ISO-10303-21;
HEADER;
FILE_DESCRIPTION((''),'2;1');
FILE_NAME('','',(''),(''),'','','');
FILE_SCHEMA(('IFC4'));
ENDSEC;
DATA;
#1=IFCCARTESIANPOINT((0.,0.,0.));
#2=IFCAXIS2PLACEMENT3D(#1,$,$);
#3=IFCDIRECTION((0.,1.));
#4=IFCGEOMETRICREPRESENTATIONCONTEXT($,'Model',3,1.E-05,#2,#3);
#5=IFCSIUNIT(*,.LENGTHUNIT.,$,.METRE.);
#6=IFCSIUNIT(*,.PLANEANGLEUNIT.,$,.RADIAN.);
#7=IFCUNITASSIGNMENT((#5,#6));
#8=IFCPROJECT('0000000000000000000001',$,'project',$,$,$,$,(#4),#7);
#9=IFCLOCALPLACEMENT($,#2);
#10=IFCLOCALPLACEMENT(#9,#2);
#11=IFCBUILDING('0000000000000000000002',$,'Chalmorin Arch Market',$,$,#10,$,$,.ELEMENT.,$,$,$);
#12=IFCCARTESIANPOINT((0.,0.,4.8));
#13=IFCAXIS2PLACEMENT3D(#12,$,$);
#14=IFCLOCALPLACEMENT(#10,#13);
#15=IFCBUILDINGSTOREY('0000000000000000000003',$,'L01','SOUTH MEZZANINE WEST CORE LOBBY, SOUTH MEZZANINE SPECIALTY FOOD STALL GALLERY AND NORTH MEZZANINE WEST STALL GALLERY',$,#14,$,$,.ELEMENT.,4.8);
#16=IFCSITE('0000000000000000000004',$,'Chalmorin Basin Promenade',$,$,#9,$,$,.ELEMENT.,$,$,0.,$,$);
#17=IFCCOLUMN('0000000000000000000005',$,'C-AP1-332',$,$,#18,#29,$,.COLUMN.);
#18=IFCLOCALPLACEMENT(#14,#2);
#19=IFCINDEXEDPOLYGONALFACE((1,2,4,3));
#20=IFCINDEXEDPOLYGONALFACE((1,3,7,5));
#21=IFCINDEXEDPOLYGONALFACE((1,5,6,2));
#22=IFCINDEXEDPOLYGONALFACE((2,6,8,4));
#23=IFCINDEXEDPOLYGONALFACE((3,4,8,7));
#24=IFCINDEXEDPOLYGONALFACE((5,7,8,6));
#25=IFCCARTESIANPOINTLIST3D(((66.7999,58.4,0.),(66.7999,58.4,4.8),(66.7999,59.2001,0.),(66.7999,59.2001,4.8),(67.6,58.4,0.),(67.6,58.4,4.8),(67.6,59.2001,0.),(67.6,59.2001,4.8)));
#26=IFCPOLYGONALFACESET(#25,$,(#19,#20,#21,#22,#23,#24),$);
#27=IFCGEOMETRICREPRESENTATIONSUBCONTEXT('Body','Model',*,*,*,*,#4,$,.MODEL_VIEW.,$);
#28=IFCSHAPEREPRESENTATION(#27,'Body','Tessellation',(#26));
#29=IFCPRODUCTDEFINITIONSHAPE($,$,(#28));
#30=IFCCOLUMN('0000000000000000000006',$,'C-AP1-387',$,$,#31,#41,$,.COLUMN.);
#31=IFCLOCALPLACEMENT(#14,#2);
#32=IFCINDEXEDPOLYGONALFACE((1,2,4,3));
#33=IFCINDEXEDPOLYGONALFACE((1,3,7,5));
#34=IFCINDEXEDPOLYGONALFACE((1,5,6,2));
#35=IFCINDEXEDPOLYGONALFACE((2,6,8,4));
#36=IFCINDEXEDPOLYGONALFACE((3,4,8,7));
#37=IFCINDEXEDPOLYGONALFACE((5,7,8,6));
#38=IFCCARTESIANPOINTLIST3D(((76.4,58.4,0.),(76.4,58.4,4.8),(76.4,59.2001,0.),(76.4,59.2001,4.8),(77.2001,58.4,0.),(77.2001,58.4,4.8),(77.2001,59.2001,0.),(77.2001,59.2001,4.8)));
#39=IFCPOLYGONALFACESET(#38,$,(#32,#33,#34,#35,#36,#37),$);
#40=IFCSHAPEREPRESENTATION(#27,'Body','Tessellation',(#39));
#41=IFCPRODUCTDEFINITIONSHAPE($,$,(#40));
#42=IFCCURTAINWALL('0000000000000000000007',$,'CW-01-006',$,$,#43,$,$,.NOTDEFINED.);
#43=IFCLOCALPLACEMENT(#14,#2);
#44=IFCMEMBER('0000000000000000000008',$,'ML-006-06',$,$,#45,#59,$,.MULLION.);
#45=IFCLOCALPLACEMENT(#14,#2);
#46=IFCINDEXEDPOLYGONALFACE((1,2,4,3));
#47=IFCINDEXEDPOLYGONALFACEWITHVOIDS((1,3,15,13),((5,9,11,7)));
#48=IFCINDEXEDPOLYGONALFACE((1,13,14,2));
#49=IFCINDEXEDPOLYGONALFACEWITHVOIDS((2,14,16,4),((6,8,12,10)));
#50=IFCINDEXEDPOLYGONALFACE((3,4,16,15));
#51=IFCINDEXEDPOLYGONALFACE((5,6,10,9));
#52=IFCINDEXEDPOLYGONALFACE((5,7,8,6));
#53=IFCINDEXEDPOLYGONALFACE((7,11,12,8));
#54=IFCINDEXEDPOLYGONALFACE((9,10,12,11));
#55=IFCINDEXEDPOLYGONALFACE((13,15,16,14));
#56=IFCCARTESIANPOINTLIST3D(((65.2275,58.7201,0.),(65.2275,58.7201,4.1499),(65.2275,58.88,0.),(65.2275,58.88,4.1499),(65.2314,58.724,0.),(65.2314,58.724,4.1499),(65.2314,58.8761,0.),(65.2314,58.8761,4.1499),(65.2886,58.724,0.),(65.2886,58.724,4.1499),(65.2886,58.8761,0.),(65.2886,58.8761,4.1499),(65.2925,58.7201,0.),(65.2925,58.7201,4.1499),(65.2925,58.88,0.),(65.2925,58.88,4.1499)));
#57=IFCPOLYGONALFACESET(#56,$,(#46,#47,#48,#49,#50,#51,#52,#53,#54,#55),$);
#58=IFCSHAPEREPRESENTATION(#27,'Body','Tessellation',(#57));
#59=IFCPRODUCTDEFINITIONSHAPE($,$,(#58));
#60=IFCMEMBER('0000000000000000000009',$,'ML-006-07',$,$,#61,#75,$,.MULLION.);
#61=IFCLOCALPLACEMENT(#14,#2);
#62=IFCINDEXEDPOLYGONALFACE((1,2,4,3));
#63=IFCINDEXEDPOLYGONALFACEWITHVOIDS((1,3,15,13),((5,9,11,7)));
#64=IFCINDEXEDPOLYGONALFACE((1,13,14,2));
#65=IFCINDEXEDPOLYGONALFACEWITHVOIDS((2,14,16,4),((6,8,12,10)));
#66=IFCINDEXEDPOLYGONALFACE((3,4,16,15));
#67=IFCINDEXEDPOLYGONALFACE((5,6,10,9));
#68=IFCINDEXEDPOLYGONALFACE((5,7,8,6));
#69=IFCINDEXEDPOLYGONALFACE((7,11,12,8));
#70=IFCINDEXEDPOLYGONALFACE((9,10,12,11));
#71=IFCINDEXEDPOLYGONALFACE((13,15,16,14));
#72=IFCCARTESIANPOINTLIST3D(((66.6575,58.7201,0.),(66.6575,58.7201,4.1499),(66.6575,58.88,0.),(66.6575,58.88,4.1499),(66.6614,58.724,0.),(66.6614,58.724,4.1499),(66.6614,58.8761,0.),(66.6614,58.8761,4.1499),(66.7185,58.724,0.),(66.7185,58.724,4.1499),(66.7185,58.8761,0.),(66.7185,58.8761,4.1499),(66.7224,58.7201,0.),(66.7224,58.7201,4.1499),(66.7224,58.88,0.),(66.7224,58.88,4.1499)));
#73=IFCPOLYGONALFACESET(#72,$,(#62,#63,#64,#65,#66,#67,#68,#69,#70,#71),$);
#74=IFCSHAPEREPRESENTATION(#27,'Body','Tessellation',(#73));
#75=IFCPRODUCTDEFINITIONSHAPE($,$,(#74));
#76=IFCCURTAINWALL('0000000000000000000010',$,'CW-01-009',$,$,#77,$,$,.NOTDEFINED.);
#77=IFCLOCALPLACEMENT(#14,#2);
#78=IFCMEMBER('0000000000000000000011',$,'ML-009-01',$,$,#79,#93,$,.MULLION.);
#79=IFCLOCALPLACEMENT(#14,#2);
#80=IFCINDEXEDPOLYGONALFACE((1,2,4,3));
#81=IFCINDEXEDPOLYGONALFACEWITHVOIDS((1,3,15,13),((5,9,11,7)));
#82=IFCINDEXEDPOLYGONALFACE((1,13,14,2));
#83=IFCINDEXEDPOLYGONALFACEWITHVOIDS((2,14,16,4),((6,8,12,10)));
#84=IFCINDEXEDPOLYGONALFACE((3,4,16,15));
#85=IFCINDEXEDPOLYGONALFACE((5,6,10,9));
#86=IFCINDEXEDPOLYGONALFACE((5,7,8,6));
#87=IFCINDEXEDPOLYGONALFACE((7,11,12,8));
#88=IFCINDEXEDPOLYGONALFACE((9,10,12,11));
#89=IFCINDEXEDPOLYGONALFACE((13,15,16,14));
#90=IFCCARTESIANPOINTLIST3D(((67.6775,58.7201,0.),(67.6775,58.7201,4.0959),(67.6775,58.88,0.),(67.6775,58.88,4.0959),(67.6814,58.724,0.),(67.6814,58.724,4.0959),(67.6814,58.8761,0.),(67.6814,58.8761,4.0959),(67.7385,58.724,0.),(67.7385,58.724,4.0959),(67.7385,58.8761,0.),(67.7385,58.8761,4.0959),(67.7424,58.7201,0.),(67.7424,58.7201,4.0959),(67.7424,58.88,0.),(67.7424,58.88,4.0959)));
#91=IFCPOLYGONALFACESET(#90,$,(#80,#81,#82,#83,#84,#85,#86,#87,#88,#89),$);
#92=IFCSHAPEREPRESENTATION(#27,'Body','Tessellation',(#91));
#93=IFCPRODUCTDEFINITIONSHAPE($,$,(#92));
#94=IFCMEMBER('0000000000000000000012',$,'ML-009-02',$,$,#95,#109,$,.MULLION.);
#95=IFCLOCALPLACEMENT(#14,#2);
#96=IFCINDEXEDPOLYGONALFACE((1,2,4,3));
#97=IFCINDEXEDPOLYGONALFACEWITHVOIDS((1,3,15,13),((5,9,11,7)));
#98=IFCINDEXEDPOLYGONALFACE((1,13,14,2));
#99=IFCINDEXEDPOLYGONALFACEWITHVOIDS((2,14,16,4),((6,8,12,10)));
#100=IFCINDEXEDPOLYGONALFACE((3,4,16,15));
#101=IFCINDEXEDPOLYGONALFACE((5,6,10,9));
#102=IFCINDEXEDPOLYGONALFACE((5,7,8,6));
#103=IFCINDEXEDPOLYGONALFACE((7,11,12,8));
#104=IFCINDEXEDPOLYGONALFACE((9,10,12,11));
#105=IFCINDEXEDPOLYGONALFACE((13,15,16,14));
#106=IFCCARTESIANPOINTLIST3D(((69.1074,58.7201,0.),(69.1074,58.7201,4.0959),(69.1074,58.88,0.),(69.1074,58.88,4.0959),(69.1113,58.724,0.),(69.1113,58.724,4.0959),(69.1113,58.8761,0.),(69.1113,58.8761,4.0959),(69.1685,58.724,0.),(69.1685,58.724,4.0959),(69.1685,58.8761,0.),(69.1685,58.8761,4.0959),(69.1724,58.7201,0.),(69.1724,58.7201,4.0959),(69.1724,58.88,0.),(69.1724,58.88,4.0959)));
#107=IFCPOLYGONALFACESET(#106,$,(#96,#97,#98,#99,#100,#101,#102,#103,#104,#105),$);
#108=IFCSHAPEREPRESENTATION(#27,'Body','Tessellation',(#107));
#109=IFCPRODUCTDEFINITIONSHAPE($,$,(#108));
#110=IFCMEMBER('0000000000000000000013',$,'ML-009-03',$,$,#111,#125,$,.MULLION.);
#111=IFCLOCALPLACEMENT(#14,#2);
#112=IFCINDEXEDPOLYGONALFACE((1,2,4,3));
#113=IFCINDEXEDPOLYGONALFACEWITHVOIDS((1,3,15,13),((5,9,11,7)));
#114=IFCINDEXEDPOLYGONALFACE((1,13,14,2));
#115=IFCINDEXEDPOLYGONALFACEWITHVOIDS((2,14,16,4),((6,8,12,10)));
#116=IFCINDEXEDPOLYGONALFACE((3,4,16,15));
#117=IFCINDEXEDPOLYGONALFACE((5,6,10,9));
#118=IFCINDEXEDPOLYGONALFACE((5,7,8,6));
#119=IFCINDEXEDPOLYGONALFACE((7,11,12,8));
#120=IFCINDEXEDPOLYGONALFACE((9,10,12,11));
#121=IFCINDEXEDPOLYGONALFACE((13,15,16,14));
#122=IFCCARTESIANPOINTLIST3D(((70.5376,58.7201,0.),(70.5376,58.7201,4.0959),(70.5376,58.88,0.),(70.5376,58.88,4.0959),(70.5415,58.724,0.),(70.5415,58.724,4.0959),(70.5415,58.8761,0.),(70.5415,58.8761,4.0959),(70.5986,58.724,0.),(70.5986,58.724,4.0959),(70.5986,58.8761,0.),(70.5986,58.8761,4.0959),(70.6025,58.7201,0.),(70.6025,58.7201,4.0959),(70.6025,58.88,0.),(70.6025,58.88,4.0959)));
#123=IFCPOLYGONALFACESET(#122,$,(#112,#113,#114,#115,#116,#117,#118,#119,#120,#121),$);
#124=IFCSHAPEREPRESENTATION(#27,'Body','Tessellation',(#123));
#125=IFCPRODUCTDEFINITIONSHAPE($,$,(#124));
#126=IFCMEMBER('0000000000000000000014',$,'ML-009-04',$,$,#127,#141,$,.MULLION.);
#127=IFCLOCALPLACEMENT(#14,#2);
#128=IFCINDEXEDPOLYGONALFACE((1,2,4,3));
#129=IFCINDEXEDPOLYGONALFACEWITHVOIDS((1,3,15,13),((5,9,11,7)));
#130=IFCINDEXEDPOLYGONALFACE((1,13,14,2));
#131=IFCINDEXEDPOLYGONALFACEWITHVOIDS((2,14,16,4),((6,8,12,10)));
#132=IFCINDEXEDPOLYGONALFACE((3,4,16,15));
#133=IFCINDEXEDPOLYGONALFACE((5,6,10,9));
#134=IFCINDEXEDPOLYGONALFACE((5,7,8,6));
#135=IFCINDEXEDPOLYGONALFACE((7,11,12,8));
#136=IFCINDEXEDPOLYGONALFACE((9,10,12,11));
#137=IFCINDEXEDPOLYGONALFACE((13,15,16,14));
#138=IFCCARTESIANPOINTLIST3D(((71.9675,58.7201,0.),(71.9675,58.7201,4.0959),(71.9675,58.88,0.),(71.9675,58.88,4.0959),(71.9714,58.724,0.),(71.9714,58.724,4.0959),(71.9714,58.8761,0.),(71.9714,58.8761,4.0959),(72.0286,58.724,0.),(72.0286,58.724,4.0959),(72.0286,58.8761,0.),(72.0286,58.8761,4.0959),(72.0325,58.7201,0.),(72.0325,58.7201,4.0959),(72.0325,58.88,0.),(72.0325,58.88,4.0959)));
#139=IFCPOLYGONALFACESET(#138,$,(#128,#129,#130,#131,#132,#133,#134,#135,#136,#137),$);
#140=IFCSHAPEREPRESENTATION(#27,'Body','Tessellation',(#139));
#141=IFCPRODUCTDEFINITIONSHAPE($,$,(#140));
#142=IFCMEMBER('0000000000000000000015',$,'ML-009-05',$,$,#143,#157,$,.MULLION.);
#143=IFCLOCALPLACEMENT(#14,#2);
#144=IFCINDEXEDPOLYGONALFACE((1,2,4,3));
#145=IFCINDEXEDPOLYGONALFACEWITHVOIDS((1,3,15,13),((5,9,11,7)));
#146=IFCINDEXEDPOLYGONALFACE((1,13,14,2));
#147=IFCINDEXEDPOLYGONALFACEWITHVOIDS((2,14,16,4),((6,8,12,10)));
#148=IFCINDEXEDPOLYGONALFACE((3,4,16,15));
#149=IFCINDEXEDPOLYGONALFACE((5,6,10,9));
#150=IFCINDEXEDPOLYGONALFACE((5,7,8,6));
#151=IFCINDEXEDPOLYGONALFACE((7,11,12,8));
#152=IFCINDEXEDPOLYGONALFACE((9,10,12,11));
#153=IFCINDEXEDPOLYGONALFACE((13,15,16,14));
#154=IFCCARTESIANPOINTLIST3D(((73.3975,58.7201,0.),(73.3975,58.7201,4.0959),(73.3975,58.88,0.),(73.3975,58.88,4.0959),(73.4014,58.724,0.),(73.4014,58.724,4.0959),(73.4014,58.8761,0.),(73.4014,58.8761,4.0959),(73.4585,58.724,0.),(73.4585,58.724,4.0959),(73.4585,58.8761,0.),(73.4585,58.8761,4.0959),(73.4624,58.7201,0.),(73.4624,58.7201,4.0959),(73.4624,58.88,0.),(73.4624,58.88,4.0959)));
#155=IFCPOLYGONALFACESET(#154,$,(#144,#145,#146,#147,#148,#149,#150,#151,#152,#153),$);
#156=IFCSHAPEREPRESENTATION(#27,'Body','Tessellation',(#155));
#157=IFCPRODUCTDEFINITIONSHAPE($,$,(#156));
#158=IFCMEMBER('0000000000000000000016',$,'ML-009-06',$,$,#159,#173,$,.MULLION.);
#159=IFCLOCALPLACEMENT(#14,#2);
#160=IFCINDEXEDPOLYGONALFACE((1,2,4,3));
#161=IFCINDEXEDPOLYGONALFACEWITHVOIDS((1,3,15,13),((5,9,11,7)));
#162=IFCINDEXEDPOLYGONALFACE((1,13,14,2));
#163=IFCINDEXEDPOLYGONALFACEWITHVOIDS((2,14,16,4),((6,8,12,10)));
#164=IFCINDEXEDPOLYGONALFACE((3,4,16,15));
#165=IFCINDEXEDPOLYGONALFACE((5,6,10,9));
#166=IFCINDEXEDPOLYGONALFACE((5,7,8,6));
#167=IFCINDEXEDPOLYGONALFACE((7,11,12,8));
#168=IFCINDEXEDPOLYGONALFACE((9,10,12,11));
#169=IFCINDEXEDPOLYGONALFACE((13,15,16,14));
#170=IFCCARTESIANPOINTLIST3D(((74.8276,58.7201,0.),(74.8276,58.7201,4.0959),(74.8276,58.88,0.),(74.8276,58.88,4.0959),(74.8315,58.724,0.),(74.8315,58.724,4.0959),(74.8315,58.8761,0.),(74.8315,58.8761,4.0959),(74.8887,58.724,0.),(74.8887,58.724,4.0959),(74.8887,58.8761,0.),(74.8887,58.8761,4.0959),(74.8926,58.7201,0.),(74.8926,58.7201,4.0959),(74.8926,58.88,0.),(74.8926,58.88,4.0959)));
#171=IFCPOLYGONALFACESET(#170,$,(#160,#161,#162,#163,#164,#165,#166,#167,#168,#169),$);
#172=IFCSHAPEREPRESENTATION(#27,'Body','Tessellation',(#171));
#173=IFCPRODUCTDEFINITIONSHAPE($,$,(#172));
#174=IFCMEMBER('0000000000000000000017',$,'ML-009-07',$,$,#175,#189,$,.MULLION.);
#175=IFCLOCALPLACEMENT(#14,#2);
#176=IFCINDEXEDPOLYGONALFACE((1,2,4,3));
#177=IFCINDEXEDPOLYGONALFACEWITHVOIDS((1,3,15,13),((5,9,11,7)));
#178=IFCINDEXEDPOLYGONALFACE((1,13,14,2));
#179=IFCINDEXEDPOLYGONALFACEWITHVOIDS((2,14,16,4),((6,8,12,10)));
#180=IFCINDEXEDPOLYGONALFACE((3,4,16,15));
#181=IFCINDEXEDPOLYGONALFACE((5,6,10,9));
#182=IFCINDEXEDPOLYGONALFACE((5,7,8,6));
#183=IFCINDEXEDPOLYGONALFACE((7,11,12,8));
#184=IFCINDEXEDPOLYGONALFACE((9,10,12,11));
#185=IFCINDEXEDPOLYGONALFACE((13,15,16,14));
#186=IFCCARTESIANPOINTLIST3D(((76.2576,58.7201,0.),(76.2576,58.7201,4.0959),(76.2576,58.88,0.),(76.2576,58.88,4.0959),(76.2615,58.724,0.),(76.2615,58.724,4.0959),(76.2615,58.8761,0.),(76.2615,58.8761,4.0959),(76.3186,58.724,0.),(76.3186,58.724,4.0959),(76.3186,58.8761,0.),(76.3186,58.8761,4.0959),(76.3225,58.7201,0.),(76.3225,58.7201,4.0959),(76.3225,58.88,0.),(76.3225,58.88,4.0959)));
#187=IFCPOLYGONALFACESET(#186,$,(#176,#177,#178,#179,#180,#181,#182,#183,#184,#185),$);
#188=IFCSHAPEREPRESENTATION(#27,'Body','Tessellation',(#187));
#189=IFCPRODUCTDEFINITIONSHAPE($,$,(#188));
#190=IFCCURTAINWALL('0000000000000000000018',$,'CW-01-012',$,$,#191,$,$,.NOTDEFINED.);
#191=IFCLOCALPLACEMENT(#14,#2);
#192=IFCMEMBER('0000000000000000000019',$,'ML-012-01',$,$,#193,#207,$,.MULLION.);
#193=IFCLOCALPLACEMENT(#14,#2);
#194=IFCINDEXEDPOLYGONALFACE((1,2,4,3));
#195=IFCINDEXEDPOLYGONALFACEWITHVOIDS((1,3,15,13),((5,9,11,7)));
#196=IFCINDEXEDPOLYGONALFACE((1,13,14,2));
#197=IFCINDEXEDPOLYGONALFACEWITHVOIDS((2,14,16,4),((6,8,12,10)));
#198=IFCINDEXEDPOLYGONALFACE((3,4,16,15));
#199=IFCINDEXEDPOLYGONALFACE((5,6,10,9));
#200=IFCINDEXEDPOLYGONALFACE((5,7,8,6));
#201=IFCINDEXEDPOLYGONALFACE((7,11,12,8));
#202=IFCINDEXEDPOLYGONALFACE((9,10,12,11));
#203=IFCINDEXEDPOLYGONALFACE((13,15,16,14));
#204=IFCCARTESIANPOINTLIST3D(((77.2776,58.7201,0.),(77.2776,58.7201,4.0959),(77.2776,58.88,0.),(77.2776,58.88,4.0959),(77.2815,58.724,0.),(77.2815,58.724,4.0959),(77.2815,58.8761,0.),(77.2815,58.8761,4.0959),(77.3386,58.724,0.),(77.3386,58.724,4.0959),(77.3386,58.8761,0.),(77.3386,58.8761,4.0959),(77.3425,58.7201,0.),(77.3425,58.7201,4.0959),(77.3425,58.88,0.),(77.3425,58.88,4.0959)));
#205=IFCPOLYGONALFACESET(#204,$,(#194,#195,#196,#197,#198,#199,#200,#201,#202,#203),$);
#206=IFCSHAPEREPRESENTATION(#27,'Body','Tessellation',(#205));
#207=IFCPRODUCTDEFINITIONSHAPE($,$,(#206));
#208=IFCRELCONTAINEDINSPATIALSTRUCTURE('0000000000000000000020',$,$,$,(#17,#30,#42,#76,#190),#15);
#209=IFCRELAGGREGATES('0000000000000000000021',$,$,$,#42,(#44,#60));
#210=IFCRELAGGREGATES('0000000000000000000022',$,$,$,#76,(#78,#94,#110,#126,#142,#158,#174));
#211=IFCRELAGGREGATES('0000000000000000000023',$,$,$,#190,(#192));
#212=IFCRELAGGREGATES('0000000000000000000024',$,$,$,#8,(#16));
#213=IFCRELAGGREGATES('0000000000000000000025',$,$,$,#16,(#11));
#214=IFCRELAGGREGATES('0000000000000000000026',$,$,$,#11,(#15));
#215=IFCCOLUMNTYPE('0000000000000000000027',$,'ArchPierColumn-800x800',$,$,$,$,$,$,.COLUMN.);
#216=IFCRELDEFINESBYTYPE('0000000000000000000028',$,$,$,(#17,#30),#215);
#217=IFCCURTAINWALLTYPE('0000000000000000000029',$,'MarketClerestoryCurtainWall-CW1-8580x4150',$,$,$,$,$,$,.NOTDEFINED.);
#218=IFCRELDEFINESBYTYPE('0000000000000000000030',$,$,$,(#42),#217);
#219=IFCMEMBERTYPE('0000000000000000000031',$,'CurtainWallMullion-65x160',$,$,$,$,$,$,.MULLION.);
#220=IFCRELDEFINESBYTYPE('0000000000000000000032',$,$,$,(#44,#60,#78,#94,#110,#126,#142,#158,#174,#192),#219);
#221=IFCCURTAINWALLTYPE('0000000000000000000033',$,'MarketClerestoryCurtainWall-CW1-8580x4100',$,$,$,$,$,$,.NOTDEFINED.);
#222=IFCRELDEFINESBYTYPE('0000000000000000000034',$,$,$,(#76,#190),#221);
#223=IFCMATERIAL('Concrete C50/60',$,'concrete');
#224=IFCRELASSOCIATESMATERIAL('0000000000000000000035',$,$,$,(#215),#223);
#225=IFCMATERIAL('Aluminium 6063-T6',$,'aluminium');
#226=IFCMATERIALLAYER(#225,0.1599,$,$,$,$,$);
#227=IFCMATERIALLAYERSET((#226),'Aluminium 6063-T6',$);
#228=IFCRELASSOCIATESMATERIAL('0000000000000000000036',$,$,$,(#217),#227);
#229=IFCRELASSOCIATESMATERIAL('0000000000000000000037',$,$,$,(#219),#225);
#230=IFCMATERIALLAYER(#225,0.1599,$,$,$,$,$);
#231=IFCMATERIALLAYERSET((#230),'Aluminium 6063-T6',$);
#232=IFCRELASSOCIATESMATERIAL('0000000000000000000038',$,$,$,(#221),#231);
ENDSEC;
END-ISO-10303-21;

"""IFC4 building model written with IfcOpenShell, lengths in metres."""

from ifc_helpers import new_model, si_unit, direction, frame, origin, origin_2d, place, context, subcontext, project, spatial, rectangle, hollow_rectangle, extrude, material, layer, layer_set, material_profile, profile_set, type_object, element, aggregate, save


model = new_model("IFC4")

# Units and contexts
model_context = context("Model", 3, precision=1e-05, world=origin(), true_north=direction((0.0, 1.0)))
body_context = subcontext(model_context, "Body", "Model", "MODEL_VIEW")
ifc_project = project(units=[si_unit("LENGTHUNIT", "METRE"), si_unit("PLANEANGLEUNIT", "RADIAN")], contexts=[model_context])

# Site, building, storey
site_placement = place(None, origin())
site = spatial("IfcSite", under=ifc_project, at=site_placement, Name="Chalmorin Basin Promenade", CompositionType="ELEMENT", RefElevation=0.0)
building_placement = place(site_placement, origin())
building = spatial("IfcBuilding", under=site, at=building_placement, Name="Chalmorin Arch Market", CompositionType="ELEMENT")
storey_placement = place(building_placement, frame((0.0, 0.0, 4.8)))
storey = spatial("IfcBuildingStorey", under=building, at=storey_placement, Name="L01", Description="SOUTH MEZZANINE WEST CORE LOBBY, SOUTH MEZZANINE SPECIALTY FOOD STALL GALLERY AND NORTH MEZZANINE WEST STALL GALLERY", CompositionType="ELEMENT", Elevation=4.8)

# Columns
ifc_material_1 = material(Name="Concrete C50/60", Category="concrete")
ifc_material_profile_1 = material_profile(ifc_material_1, rectangle(XDim=0.8, YDim=0.8, at=origin_2d()), Name="RC800X800")
ifc_profile_set_1 = profile_set([ifc_material_profile_1], Name="Concrete C50/60")
column_type = type_object("IfcColumnType", Name="ArchPierColumn-800x800", PredefinedType="COLUMN", material=ifc_profile_set_1)
for number, where, z_axis, x_axis, name in (
    (1, (67.2, 58.8, 0.0), (0.0, 0.0, 1.0), (1.0, 0.0, 0.0), "C-AP1-332"),
    (2, (76.8, 58.8, 0.0), (0.0, 0.0, 1.0), (1.0, 0.0, 0.0), "C-AP1-387"),
):
    element("IfcColumn", number, at=place(storey_placement, frame(where, z_axis=z_axis, x_axis=x_axis)), inside=storey, type_object=column_type, Name=name, PredefinedType="COLUMN", context=body_context, shape_type="SweptSolid", body=[
        extrude(rectangle(XDim=0.8, YDim=0.8, at=origin_2d()), origin(), (0.0, 0.0, 1.0), 4.8),
    ])

# Curtain walls, members
ifc_material_2 = material(Name="Aluminium 6063-T6", Category="aluminium")
ifc_layer_1 = layer(ifc_material_2, 0.1599)
ifc_layer_set_1 = layer_set([ifc_layer_1], Name="Aluminium 6063-T6")
curtain_wall_type_1 = type_object("IfcCurtainWallType", Name="MarketClerestoryCurtainWall-CW1-8580x4150", PredefinedType="NOTDEFINED", material=ifc_layer_set_1)
curtain_wall_1_placement = place(storey_placement, origin())
curtain_wall_1 = element("IfcCurtainWall", 3, at=curtain_wall_1_placement, inside=storey, type_object=curtain_wall_type_1, Name="CW-01-006", PredefinedType="NOTDEFINED")
ifc_material_profile_2 = material_profile(ifc_material_2, hollow_rectangle(XDim=0.0649, YDim=0.1599, WallThickness=0.0039, at=origin_2d()), Name="ALU65X160X4")
ifc_profile_set_2 = profile_set([ifc_material_profile_2], Name="Aluminium 6063-T6")
member_type_1 = type_object("IfcMemberType", Name="CurtainWallMullion-65x160", PredefinedType="MULLION", material=ifc_profile_set_2)
member_1_placement = place(storey_placement, frame((65.26, 58.8, 0.0), z_axis=(0.0, 0.0, 1.0), x_axis=(1.0, 0.0, 0.0)))
member_1 = element("IfcMember", 4, at=member_1_placement, type_object=member_type_1, Name="ML-006-06", PredefinedType="MULLION", context=body_context, shape_type="SweptSolid", body=[
    extrude(hollow_rectangle(XDim=0.0649, YDim=0.1599, WallThickness=0.0039, at=origin_2d()), origin(), (0.0, 0.0, 1.0), 4.1499),
])
member_2_placement = place(storey_placement, frame((66.6899, 58.8, 0.0), z_axis=(0.0, 0.0, 1.0), x_axis=(1.0, 0.0, 0.0)))
member_2 = element("IfcMember", 5, at=member_2_placement, type_object=member_type_1, Name="ML-006-07", PredefinedType="MULLION", context=body_context, shape_type="SweptSolid", body=[
    extrude(hollow_rectangle(XDim=0.0649, YDim=0.1599, WallThickness=0.0039, at=origin_2d()), origin(), (0.0, 0.0, 1.0), 4.1499),
])
ifc_layer_2 = layer(ifc_material_2, 0.1599)
ifc_layer_set_2 = layer_set([ifc_layer_2], Name="Aluminium 6063-T6")
curtain_wall_type_2 = type_object("IfcCurtainWallType", Name="MarketClerestoryCurtainWall-CW1-8580x4100", PredefinedType="NOTDEFINED", material=ifc_layer_set_2)
curtain_wall_2_placement = place(storey_placement, origin())
curtain_wall_2 = element("IfcCurtainWall", 6, at=curtain_wall_2_placement, inside=storey, type_object=curtain_wall_type_2, Name="CW-01-009", PredefinedType="NOTDEFINED")
member_3_placement = place(storey_placement, frame((67.71, 58.8, 0.0), z_axis=(0.0, 0.0, 1.0), x_axis=(1.0, 0.0, 0.0)))
member_3 = element("IfcMember", 7, at=member_3_placement, type_object=member_type_1, Name="ML-009-01", PredefinedType="MULLION", context=body_context, shape_type="SweptSolid", body=[
    extrude(hollow_rectangle(XDim=0.0649, YDim=0.1599, WallThickness=0.0039, at=origin_2d()), origin(), (0.0, 0.0, 1.0), 4.0959),
])
member_4_placement = place(storey_placement, frame((69.1399, 58.8, 0.0), z_axis=(0.0, 0.0, 1.0), x_axis=(1.0, 0.0, 0.0)))
member_4 = element("IfcMember", 8, at=member_4_placement, type_object=member_type_1, Name="ML-009-02", PredefinedType="MULLION", context=body_context, shape_type="SweptSolid", body=[
    extrude(hollow_rectangle(XDim=0.0649, YDim=0.1599, WallThickness=0.0039, at=origin_2d()), origin(), (0.0, 0.0, 1.0), 4.0959),
])
member_5_placement = place(storey_placement, frame((70.5701, 58.8, 0.0), z_axis=(0.0, 0.0, 1.0), x_axis=(1.0, 0.0, 0.0)))
member_5 = element("IfcMember", 9, at=member_5_placement, type_object=member_type_1, Name="ML-009-03", PredefinedType="MULLION", context=body_context, shape_type="SweptSolid", body=[
    extrude(hollow_rectangle(XDim=0.0649, YDim=0.1599, WallThickness=0.0039, at=origin_2d()), origin(), (0.0, 0.0, 1.0), 4.0959),
])
member_6_placement = place(storey_placement, frame((72.0, 58.8, 0.0), z_axis=(0.0, 0.0, 1.0), x_axis=(1.0, 0.0, 0.0)))
member_6 = element("IfcMember", 10, at=member_6_placement, type_object=member_type_1, Name="ML-009-04", PredefinedType="MULLION", context=body_context, shape_type="SweptSolid", body=[
    extrude(hollow_rectangle(XDim=0.0649, YDim=0.1599, WallThickness=0.0039, at=origin_2d()), origin(), (0.0, 0.0, 1.0), 4.0959),
])
member_7_placement = place(storey_placement, frame((73.4299, 58.8, 0.0), z_axis=(0.0, 0.0, 1.0), x_axis=(1.0, 0.0, 0.0)))
member_7 = element("IfcMember", 11, at=member_7_placement, type_object=member_type_1, Name="ML-009-05", PredefinedType="MULLION", context=body_context, shape_type="SweptSolid", body=[
    extrude(hollow_rectangle(XDim=0.0649, YDim=0.1599, WallThickness=0.0039, at=origin_2d()), origin(), (0.0, 0.0, 1.0), 4.0959),
])
member_8_placement = place(storey_placement, frame((74.8601, 58.8, 0.0), z_axis=(0.0, 0.0, 1.0), x_axis=(1.0, 0.0, 0.0)))
member_8 = element("IfcMember", 12, at=member_8_placement, type_object=member_type_1, Name="ML-009-06", PredefinedType="MULLION", context=body_context, shape_type="SweptSolid", body=[
    extrude(hollow_rectangle(XDim=0.0649, YDim=0.1599, WallThickness=0.0039, at=origin_2d()), origin(), (0.0, 0.0, 1.0), 4.0959),
])
member_9_placement = place(storey_placement, frame((76.29, 58.8, 0.0), z_axis=(0.0, 0.0, 1.0), x_axis=(1.0, 0.0, 0.0)))
member_9 = element("IfcMember", 13, at=member_9_placement, type_object=member_type_1, Name="ML-009-07", PredefinedType="MULLION", context=body_context, shape_type="SweptSolid", body=[
    extrude(hollow_rectangle(XDim=0.0649, YDim=0.1599, WallThickness=0.0039, at=origin_2d()), origin(), (0.0, 0.0, 1.0), 4.0959),
])
curtain_wall_3_placement = place(storey_placement, origin())
curtain_wall_3 = element("IfcCurtainWall", 14, at=curtain_wall_3_placement, inside=storey, type_object=curtain_wall_type_2, Name="CW-01-012", PredefinedType="NOTDEFINED")
member_10_placement = place(storey_placement, frame((77.3101, 58.8, 0.0), z_axis=(0.0, 0.0, 1.0), x_axis=(1.0, 0.0, 0.0)))
member_10 = element("IfcMember", 15, at=member_10_placement, type_object=member_type_1, Name="ML-012-01", PredefinedType="MULLION", context=body_context, shape_type="SweptSolid", body=[
    extrude(hollow_rectangle(XDim=0.0649, YDim=0.1599, WallThickness=0.0039, at=origin_2d()), origin(), (0.0, 0.0, 1.0), 4.0959),
])

aggregate(curtain_wall_1, [member_1, member_2])
aggregate(curtain_wall_2, [member_3, member_4, member_5, member_6, member_7, member_8, member_9])
aggregate(curtain_wall_3, [member_10])

save(model, "model.ifc")
